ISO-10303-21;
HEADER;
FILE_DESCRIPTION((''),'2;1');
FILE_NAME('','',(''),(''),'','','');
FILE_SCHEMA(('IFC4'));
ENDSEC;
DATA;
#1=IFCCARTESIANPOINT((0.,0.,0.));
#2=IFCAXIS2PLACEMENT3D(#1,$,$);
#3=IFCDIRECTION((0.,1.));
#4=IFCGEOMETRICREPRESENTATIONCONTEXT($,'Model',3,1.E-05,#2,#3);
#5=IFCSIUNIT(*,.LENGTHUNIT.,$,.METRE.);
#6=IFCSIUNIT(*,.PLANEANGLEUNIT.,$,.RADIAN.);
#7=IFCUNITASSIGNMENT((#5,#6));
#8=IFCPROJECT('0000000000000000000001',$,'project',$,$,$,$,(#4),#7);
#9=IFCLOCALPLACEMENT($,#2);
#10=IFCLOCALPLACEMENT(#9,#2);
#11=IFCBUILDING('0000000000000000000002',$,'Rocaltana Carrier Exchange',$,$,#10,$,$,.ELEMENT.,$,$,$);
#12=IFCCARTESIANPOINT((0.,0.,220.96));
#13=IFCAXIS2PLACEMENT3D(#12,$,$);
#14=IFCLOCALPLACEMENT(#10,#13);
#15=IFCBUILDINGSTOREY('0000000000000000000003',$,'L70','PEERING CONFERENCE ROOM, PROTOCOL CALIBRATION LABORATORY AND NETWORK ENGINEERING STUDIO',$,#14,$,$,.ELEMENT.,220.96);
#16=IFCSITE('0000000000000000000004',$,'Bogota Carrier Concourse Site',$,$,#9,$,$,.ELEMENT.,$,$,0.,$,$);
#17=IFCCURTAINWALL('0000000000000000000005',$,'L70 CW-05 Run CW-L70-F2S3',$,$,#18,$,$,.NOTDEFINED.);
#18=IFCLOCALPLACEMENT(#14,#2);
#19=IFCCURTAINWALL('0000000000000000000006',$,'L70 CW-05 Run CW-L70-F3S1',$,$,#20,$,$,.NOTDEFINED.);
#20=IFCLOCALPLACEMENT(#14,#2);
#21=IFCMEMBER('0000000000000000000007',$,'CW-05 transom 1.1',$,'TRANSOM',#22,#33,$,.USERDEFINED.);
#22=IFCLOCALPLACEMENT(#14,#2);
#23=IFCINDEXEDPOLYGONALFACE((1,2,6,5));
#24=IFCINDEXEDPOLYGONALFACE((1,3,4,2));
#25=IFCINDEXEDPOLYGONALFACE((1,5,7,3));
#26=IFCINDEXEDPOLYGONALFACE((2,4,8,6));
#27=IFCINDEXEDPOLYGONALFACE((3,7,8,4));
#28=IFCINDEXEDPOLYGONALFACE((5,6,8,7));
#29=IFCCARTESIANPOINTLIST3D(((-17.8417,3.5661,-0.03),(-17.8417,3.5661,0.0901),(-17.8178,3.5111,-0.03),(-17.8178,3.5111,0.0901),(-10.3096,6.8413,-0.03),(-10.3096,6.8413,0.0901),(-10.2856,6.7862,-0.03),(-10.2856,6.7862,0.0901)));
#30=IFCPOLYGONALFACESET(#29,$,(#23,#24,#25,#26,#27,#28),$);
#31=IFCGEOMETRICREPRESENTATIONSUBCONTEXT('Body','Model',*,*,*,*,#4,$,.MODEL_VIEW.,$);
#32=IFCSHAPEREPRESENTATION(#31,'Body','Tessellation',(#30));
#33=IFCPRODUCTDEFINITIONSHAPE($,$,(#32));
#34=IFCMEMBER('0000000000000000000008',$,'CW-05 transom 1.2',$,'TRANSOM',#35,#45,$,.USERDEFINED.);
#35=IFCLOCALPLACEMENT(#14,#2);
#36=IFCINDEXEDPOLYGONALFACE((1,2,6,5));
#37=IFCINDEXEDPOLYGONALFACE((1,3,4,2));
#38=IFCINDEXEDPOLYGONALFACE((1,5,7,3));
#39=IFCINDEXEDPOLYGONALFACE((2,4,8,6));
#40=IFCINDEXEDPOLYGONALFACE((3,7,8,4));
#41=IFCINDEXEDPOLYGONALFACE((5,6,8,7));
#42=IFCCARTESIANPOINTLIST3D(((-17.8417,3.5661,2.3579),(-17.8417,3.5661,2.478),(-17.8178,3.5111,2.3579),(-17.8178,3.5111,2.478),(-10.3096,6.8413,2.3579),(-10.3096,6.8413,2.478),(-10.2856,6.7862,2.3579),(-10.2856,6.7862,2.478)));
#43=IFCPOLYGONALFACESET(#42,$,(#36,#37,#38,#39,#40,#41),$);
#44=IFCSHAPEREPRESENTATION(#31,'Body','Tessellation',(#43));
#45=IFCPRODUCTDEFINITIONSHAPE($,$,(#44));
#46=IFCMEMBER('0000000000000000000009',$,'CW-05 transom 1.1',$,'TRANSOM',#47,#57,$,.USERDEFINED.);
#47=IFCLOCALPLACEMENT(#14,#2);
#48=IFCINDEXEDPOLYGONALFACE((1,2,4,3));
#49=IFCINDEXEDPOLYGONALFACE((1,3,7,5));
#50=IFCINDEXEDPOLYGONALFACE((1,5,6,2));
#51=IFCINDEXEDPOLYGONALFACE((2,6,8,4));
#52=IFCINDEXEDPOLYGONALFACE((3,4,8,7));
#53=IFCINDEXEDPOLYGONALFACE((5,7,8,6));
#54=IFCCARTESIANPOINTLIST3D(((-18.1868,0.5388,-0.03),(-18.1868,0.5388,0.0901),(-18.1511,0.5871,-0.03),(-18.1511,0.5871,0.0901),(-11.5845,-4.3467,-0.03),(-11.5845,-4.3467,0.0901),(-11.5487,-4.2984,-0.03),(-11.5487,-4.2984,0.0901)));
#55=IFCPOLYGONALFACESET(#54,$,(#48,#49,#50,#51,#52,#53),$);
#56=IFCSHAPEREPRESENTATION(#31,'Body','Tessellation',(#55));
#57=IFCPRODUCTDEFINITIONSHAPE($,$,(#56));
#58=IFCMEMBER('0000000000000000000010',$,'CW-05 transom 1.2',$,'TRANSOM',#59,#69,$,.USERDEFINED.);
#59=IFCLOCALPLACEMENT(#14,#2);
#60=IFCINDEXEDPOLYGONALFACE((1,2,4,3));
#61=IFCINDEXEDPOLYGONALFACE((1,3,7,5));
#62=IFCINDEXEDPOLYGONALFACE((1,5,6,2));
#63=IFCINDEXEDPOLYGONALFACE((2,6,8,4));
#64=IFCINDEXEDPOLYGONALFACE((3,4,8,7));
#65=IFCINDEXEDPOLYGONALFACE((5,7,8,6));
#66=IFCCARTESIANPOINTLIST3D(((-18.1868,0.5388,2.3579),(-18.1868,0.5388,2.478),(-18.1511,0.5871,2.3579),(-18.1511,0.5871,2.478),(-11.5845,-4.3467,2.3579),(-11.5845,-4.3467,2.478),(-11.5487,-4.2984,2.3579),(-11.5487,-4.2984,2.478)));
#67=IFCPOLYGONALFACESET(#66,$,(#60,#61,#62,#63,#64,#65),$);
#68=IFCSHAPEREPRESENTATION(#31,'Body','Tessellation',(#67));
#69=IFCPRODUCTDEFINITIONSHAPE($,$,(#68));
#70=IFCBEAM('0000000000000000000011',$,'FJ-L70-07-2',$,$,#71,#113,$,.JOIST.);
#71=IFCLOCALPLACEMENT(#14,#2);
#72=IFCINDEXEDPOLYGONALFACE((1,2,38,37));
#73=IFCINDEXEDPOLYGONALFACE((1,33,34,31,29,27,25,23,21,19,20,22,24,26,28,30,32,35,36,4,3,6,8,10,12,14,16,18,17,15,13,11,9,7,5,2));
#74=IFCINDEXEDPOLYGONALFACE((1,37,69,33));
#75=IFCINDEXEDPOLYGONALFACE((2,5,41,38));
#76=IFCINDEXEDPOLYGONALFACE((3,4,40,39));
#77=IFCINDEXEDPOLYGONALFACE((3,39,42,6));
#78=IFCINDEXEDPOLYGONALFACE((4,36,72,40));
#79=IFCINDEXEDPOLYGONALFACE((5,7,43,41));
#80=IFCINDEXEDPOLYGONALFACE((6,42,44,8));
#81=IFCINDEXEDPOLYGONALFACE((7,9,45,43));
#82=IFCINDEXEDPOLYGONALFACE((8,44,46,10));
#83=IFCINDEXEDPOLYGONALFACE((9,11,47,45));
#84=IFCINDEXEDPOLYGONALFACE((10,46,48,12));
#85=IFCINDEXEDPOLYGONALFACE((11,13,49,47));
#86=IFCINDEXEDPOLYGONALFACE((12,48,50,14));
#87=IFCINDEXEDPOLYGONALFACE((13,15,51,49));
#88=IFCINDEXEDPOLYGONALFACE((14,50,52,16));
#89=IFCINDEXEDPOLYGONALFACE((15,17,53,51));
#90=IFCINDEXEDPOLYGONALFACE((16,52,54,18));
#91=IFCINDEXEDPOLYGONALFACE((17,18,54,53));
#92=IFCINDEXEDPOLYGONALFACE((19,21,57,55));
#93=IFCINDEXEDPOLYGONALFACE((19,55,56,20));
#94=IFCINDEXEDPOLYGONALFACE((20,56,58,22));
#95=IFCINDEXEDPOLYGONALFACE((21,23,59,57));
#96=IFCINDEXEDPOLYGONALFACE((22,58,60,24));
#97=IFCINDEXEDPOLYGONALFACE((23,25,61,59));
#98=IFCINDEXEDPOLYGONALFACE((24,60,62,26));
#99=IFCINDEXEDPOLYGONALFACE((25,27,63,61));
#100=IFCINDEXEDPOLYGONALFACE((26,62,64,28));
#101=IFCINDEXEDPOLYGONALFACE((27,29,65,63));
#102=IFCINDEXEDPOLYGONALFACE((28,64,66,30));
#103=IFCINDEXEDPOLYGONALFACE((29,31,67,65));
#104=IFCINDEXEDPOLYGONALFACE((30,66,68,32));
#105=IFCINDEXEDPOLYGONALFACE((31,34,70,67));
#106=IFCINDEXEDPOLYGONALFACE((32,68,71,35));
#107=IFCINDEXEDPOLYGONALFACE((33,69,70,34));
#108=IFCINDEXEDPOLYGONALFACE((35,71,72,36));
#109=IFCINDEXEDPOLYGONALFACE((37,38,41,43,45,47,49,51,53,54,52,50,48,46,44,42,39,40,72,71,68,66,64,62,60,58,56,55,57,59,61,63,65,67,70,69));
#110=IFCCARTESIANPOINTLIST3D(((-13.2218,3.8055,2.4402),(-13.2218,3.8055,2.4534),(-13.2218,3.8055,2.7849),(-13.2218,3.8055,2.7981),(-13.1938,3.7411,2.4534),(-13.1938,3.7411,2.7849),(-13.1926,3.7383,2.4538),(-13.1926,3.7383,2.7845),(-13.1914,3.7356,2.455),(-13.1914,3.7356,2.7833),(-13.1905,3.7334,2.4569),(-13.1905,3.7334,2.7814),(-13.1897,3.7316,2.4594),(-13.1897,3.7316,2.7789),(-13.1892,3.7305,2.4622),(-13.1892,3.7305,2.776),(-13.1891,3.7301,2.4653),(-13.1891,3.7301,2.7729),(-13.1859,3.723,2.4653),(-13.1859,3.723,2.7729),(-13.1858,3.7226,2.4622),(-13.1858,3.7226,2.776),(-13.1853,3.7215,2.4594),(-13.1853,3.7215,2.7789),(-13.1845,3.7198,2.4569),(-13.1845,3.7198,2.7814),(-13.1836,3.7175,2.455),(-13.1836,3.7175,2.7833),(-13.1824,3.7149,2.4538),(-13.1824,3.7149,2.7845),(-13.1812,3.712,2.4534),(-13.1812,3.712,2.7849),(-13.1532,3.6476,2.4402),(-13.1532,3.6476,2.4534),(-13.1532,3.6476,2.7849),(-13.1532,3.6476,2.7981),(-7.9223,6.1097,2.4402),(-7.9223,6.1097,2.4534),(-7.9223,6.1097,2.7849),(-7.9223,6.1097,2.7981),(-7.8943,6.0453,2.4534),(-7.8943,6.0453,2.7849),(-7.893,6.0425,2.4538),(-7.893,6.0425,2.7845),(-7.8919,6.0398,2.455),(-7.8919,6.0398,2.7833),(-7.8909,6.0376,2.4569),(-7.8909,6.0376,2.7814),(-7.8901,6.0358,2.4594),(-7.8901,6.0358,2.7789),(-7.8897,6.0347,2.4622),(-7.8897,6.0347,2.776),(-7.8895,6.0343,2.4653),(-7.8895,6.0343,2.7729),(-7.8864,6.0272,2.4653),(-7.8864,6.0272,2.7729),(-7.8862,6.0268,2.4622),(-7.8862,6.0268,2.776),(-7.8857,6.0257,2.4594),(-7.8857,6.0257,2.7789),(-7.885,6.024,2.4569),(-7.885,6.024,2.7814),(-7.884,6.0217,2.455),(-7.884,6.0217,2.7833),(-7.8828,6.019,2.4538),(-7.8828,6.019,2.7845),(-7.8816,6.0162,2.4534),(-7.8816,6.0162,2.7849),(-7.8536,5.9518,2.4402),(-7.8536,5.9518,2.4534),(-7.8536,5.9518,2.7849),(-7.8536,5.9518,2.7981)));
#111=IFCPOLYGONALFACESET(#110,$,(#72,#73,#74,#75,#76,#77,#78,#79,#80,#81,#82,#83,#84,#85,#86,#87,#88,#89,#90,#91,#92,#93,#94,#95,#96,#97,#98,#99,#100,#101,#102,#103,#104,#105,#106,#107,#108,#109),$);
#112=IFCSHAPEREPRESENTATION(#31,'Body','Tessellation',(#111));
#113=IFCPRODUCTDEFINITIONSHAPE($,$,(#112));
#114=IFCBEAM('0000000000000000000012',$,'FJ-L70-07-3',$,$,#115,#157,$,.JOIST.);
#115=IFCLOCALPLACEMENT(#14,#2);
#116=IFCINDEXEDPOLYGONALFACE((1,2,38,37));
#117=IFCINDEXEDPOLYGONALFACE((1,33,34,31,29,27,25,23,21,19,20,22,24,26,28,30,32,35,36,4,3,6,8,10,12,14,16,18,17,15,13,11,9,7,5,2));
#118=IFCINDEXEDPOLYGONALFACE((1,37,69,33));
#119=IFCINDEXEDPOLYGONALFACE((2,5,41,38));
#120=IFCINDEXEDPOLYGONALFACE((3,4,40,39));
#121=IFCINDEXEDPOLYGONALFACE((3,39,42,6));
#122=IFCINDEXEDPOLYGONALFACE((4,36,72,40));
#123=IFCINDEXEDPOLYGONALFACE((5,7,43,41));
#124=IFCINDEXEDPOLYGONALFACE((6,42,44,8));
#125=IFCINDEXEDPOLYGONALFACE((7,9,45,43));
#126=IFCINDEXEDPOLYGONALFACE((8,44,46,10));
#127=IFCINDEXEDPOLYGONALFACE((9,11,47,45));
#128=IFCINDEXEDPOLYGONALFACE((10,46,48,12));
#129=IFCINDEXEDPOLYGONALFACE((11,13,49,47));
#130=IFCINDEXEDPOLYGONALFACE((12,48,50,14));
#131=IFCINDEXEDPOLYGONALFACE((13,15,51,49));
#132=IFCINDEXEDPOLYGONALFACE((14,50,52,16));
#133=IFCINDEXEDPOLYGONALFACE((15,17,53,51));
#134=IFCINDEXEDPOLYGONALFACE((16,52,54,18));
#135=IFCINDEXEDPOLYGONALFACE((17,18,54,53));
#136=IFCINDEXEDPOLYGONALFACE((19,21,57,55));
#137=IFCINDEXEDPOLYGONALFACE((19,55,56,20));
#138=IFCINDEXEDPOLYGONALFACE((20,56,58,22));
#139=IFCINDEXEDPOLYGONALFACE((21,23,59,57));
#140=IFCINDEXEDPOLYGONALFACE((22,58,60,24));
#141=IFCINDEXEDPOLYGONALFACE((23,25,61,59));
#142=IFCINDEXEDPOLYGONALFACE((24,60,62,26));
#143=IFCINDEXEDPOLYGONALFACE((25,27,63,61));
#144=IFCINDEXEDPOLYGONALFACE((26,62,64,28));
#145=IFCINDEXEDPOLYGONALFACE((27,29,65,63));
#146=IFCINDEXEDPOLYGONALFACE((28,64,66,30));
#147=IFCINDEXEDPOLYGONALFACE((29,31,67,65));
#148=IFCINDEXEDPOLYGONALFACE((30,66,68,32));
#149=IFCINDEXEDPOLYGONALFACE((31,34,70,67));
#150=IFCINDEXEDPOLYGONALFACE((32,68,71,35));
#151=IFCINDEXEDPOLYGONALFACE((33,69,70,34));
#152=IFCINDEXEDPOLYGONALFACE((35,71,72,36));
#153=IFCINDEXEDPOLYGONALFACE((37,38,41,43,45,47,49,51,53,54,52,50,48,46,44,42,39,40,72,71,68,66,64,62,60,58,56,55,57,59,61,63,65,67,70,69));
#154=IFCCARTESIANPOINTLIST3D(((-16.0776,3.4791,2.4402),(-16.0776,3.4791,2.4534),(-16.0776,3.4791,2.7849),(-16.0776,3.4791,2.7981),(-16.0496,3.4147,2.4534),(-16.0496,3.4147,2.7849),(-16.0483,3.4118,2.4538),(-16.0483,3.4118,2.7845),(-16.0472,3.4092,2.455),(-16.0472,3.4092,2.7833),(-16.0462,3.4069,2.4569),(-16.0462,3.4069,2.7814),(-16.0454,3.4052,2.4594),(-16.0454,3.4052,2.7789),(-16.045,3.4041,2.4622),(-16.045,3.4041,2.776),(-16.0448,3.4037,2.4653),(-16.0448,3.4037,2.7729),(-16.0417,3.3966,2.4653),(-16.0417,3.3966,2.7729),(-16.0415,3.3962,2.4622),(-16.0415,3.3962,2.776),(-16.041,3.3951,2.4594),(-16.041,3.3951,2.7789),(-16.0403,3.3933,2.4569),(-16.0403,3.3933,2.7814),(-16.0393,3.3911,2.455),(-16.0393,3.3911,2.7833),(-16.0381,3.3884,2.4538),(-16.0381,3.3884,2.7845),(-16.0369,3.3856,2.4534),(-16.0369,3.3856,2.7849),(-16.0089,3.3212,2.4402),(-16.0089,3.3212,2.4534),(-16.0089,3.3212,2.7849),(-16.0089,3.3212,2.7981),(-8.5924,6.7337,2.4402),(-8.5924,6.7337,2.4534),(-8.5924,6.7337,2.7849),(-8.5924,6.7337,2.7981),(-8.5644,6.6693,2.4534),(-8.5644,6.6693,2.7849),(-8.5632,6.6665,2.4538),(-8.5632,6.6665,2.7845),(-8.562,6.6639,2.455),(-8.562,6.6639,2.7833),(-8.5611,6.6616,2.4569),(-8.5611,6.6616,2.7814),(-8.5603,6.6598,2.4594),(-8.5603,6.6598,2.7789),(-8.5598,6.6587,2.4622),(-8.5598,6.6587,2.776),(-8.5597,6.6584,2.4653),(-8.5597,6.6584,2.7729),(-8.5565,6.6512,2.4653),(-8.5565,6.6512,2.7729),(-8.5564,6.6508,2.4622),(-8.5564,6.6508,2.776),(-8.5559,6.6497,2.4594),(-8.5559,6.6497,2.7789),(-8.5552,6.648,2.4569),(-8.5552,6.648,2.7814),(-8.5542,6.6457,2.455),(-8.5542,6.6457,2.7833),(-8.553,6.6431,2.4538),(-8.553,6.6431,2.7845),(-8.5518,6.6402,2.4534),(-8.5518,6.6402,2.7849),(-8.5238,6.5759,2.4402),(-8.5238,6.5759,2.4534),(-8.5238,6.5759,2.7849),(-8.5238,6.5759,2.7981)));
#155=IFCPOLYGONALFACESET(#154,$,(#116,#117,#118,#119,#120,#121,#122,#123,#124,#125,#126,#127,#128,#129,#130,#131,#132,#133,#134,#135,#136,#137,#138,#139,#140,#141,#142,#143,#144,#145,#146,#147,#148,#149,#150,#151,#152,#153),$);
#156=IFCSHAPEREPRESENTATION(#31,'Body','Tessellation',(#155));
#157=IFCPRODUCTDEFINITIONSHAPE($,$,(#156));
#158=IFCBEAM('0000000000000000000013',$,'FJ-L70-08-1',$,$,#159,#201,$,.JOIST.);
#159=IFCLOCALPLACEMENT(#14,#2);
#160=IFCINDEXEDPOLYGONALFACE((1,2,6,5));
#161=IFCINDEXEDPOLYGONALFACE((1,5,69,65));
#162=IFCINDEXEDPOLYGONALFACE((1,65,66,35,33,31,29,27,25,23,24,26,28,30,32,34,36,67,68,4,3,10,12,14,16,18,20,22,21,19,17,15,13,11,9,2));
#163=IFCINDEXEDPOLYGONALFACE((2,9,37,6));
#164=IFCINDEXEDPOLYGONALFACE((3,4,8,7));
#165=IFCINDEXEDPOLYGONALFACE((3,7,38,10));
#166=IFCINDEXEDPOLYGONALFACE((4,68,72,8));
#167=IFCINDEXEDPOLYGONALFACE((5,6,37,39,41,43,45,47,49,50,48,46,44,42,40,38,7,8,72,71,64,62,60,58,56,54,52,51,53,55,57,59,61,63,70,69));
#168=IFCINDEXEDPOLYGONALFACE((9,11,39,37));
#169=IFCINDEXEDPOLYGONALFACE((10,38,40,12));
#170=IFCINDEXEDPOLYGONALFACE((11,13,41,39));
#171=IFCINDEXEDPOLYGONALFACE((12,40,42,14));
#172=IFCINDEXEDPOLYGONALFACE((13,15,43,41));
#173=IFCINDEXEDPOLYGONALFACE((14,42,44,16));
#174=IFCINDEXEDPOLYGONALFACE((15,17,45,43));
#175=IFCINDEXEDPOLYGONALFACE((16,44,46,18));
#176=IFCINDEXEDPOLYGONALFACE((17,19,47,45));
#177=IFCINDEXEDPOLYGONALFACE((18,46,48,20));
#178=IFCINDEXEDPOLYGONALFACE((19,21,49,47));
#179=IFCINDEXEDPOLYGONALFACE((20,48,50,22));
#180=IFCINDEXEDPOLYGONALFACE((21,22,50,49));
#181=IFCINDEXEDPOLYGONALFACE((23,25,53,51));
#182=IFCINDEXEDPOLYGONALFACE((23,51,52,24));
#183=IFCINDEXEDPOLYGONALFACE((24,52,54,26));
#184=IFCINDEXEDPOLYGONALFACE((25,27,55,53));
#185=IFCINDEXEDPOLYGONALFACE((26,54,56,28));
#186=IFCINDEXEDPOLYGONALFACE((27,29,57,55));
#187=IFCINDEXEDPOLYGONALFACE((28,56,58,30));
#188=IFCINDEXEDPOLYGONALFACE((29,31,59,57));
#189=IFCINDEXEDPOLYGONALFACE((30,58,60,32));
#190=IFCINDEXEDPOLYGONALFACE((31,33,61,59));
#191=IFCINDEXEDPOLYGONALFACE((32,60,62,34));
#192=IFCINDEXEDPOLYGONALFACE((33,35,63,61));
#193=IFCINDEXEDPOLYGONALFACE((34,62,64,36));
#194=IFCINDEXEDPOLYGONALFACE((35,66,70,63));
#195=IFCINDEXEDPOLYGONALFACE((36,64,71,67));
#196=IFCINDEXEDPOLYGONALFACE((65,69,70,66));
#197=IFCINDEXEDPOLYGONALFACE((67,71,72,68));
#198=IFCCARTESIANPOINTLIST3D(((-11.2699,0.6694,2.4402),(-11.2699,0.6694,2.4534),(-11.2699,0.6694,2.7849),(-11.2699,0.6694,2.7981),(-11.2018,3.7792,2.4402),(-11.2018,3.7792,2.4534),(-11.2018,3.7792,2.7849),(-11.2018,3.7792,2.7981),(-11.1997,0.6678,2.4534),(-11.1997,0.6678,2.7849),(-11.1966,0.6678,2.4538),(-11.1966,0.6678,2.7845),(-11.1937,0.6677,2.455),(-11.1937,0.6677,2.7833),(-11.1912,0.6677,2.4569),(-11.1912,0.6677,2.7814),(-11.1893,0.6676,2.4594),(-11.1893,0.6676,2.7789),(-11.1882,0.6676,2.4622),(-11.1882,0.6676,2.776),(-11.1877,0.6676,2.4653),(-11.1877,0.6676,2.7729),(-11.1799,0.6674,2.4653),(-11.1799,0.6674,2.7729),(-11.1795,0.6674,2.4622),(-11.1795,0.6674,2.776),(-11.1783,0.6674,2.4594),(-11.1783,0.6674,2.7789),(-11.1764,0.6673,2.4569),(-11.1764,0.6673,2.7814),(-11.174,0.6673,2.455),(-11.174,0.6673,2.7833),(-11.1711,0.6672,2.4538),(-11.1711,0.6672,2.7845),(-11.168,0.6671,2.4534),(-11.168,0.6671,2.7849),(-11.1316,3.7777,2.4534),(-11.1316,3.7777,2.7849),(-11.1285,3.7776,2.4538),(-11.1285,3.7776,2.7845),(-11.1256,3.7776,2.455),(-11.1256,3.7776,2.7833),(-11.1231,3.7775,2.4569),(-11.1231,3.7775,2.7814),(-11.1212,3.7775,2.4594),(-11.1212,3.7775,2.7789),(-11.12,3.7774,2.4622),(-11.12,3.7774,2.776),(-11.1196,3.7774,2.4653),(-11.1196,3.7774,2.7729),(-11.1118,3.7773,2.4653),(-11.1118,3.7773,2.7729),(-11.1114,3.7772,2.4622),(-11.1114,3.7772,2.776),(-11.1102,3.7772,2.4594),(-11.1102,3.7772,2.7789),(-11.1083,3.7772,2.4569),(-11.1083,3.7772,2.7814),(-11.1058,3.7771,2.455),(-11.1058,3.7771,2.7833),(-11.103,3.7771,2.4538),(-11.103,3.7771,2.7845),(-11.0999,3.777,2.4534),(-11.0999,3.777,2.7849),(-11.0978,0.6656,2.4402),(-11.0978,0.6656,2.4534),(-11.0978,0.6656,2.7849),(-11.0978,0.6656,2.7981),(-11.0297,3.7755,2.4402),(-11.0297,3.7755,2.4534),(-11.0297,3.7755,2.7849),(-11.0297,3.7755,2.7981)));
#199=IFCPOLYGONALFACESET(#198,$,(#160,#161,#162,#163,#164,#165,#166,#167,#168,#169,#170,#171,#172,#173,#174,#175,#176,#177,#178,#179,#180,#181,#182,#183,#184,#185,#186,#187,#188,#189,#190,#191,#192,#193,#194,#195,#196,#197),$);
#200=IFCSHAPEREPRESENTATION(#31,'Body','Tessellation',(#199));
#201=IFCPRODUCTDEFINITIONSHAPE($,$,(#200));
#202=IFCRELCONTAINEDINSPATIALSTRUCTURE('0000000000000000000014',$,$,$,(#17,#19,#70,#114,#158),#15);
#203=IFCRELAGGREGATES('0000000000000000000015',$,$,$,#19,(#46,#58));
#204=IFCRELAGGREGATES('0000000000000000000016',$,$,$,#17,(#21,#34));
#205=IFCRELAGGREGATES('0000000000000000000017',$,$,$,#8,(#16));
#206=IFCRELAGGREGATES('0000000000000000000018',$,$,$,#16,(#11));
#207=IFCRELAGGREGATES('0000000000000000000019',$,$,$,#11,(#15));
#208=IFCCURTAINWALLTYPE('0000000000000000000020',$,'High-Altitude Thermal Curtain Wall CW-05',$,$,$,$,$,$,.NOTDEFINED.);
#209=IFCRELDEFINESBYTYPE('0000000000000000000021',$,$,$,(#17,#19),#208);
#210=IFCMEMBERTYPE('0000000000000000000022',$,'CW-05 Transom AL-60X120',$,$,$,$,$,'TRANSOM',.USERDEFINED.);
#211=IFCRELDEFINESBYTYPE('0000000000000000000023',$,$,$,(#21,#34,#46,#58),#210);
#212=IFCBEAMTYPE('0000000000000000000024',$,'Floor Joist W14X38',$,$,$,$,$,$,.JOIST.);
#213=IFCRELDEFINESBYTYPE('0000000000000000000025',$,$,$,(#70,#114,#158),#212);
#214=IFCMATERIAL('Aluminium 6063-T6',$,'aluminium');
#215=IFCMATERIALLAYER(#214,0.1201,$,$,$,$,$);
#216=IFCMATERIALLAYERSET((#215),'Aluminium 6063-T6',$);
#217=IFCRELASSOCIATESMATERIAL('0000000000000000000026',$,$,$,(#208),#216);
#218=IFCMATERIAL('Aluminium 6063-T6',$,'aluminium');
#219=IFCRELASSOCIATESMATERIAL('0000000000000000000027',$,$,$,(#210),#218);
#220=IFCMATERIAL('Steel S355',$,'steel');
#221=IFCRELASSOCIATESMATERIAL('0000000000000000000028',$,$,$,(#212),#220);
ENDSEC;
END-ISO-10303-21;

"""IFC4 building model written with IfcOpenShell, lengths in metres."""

from ifc_helpers import new_model, si_unit, direction, frame, origin, origin_2d, place, context, subcontext, project, spatial, rectangle, i_section, extrude, material, layer, layer_set, material_profile, profile_set, type_object, element, aggregate, save


model = new_model("IFC4")

# Units and contexts
model_context = context("Model", 3, precision=1e-05, world=origin(), true_north=direction((0.0, 1.0)))
body_context = subcontext(model_context, "Body", "Model", "MODEL_VIEW")
ifc_project = project(units=[si_unit("LENGTHUNIT", "METRE"), si_unit("PLANEANGLEUNIT", "RADIAN")], contexts=[model_context])

# Site, building, storey
site_placement = place(None, origin())
site = spatial("IfcSite", under=ifc_project, at=site_placement, Name="Bogota Carrier Concourse Site", CompositionType="ELEMENT", RefElevation=0.0)
building_placement = place(site_placement, origin())
building = spatial("IfcBuilding", under=site, at=building_placement, Name="Rocaltana Carrier Exchange", CompositionType="ELEMENT")
storey_placement = place(building_placement, frame((0.0, 0.0, 220.96)))
storey = spatial("IfcBuildingStorey", under=building, at=storey_placement, Name="L70", Description="PEERING CONFERENCE ROOM, PROTOCOL CALIBRATION LABORATORY AND NETWORK ENGINEERING STUDIO", CompositionType="ELEMENT", Elevation=220.96)

# Shared definitions
ifc_material_1 = material(Name="Aluminium 6063-T6", Category="aluminium")
ifc_layer_1 = layer(ifc_material_1, 0.1201)
ifc_layer_set_1 = layer_set([ifc_layer_1], Name="Aluminium 6063-T6")
curtain_wall_type = type_object("IfcCurtainWallType", Name="High-Altitude Thermal Curtain Wall CW-05", PredefinedType="NOTDEFINED", material=ifc_layer_set_1)

# Curtain wall
curtain_wall_1_placement = place(storey_placement, origin())
curtain_wall_1 = element("IfcCurtainWall", 1, at=curtain_wall_1_placement, inside=storey, type_object=curtain_wall_type, Name="L70 CW-05 Run CW-L70-F2S3", PredefinedType="NOTDEFINED")

# Curtain wall
curtain_wall_2_placement = place(storey_placement, origin())
curtain_wall_2 = element("IfcCurtainWall", 2, at=curtain_wall_2_placement, inside=storey, type_object=curtain_wall_type, Name="L70 CW-05 Run CW-L70-F3S1", PredefinedType="NOTDEFINED")

# Members
ifc_material_2 = material(Name="Aluminium 6063-T6", Category="aluminium")
ifc_material_profile_1 = material_profile(ifc_material_2, rectangle(XDim=0.0601, YDim=0.1201, at=origin_2d()), Name="AL-60X120")
ifc_profile_set_1 = profile_set([ifc_material_profile_1], Name="Aluminium 6063-T6")
member_type_1 = type_object("IfcMemberType", Name="CW-05 Transom AL-60X120", ElementType="TRANSOM", PredefinedType="USERDEFINED", material=ifc_profile_set_1)
member_1_placement = place(storey_placement, frame((-10.2976, 6.8137, 0.03), z_axis=(-0.917058, -0.398753, 0.0), x_axis=(0.398753, -0.917058, 0.0)))
member_1 = element("IfcMember", 3, at=member_1_placement, type_object=member_type_1, Name="CW-05 transom 1.1", ObjectType="TRANSOM", PredefinedType="USERDEFINED", context=body_context, shape_type="SweptSolid", body=[
    extrude(rectangle(XDim=0.0601, YDim=0.1201, at=origin_2d()), origin(), (0.0, 0.0, 1.0), 8.2134),
])
member_2_placement = place(storey_placement, frame((-10.2976, 6.8137, 2.418), z_axis=(-0.917058, -0.398753, 0.0), x_axis=(0.398753, -0.917058, 0.0)))
member_2 = element("IfcMember", 4, at=member_2_placement, type_object=member_type_1, Name="CW-05 transom 1.2", ObjectType="TRANSOM", PredefinedType="USERDEFINED", context=body_context, shape_type="SweptSolid", body=[
    extrude(rectangle(XDim=0.0601, YDim=0.1201, at=origin_2d()), origin(), (0.0, 0.0, 1.0), 8.2134),
])
member_3_placement = place(storey_placement, frame((-18.1689, 0.563, 0.03), z_axis=(0.803854, -0.594827, 0.0), x_axis=(0.594827, 0.803854, 0.0)))
member_3 = element("IfcMember", 5, at=member_3_placement, type_object=member_type_1, Name="CW-05 transom 1.1", ObjectType="TRANSOM", PredefinedType="USERDEFINED", context=body_context, shape_type="SweptSolid", body=[
    extrude(rectangle(XDim=0.0601, YDim=0.1201, at=origin_2d()), origin(), (0.0, 0.0, 1.0), 8.2134),
])
member_4_placement = place(storey_placement, frame((-18.1689, 0.563, 2.418), z_axis=(0.803854, -0.594827, 0.0), x_axis=(0.594827, 0.803854, 0.0)))
member_4 = element("IfcMember", 6, at=member_4_placement, type_object=member_type_1, Name="CW-05 transom 1.2", ObjectType="TRANSOM", PredefinedType="USERDEFINED", context=body_context, shape_type="SweptSolid", body=[
    extrude(rectangle(XDim=0.0601, YDim=0.1201, at=origin_2d()), origin(), (0.0, 0.0, 1.0), 8.2134),
])
aggregate(curtain_wall_2, [member_3, member_4])

# Beams
ifc_material_3 = material(Name="Steel S355", Category="steel")
ifc_material_profile_2 = material_profile(ifc_material_3, i_section(OverallWidth=0.1721, OverallDepth=0.3579, WebThickness=0.0078, FlangeThickness=0.0132, FilletRadius=0.012, at=origin_2d()), Name="W14X38")
ifc_profile_set_2 = profile_set([ifc_material_profile_2], Name="Steel S355")
beam_type_1 = type_object("IfcBeamType", Name="Floor Joist W14X38", PredefinedType="JOIST", material=ifc_profile_set_2)
beam_1_placement = place(storey_placement, frame((-7.8879, 6.0308, 2.6191), z_axis=(-0.917067, -0.398732, 0.0), x_axis=(0.398732, -0.917067, 0.0)))
element("IfcBeam", 7, at=beam_1_placement, inside=storey, type_object=beam_type_1, Name="FJ-L70-07-2", PredefinedType="JOIST", context=body_context, shape_type="SweptSolid", body=[
    extrude(i_section(OverallWidth=0.1721, OverallDepth=0.3579, WebThickness=0.0078, FlangeThickness=0.0132, FilletRadius=0.012, at=origin_2d()), origin(), (0.0, 0.0, 1.0), 5.7788),
])
beam_2_placement = place(storey_placement, frame((-8.5581, 6.6548, 2.6191), z_axis=(-0.917059, -0.398751, 0.0), x_axis=(0.398751, -0.917059, 0.0)))
element("IfcBeam", 8, at=beam_2_placement, inside=storey, type_object=beam_type_1, Name="FJ-L70-07-3", PredefinedType="JOIST", context=body_context, shape_type="SweptSolid", body=[
    extrude(i_section(OverallWidth=0.1721, OverallDepth=0.3579, WebThickness=0.0078, FlangeThickness=0.0132, FilletRadius=0.012, at=origin_2d()), origin(), (0.0, 0.0, 1.0), 8.1621),
])
beam_3_placement = place(storey_placement, frame((-11.1157, 3.7773, 2.6191), z_axis=(-0.021898, -0.99976, 0.0), x_axis=(0.99976, -0.021898, 0.0)))
element("IfcBeam", 9, at=beam_3_placement, inside=storey, type_object=beam_type_1, Name="FJ-L70-08-1", PredefinedType="JOIST", context=body_context, shape_type="SweptSolid", body=[
    extrude(i_section(OverallWidth=0.1721, OverallDepth=0.3579, WebThickness=0.0078, FlangeThickness=0.0132, FilletRadius=0.012, at=origin_2d()), origin(), (0.0, 0.0, 1.0), 3.1106),
])

aggregate(curtain_wall_1, [member_1, member_2])

save(model, "model.ifc")
